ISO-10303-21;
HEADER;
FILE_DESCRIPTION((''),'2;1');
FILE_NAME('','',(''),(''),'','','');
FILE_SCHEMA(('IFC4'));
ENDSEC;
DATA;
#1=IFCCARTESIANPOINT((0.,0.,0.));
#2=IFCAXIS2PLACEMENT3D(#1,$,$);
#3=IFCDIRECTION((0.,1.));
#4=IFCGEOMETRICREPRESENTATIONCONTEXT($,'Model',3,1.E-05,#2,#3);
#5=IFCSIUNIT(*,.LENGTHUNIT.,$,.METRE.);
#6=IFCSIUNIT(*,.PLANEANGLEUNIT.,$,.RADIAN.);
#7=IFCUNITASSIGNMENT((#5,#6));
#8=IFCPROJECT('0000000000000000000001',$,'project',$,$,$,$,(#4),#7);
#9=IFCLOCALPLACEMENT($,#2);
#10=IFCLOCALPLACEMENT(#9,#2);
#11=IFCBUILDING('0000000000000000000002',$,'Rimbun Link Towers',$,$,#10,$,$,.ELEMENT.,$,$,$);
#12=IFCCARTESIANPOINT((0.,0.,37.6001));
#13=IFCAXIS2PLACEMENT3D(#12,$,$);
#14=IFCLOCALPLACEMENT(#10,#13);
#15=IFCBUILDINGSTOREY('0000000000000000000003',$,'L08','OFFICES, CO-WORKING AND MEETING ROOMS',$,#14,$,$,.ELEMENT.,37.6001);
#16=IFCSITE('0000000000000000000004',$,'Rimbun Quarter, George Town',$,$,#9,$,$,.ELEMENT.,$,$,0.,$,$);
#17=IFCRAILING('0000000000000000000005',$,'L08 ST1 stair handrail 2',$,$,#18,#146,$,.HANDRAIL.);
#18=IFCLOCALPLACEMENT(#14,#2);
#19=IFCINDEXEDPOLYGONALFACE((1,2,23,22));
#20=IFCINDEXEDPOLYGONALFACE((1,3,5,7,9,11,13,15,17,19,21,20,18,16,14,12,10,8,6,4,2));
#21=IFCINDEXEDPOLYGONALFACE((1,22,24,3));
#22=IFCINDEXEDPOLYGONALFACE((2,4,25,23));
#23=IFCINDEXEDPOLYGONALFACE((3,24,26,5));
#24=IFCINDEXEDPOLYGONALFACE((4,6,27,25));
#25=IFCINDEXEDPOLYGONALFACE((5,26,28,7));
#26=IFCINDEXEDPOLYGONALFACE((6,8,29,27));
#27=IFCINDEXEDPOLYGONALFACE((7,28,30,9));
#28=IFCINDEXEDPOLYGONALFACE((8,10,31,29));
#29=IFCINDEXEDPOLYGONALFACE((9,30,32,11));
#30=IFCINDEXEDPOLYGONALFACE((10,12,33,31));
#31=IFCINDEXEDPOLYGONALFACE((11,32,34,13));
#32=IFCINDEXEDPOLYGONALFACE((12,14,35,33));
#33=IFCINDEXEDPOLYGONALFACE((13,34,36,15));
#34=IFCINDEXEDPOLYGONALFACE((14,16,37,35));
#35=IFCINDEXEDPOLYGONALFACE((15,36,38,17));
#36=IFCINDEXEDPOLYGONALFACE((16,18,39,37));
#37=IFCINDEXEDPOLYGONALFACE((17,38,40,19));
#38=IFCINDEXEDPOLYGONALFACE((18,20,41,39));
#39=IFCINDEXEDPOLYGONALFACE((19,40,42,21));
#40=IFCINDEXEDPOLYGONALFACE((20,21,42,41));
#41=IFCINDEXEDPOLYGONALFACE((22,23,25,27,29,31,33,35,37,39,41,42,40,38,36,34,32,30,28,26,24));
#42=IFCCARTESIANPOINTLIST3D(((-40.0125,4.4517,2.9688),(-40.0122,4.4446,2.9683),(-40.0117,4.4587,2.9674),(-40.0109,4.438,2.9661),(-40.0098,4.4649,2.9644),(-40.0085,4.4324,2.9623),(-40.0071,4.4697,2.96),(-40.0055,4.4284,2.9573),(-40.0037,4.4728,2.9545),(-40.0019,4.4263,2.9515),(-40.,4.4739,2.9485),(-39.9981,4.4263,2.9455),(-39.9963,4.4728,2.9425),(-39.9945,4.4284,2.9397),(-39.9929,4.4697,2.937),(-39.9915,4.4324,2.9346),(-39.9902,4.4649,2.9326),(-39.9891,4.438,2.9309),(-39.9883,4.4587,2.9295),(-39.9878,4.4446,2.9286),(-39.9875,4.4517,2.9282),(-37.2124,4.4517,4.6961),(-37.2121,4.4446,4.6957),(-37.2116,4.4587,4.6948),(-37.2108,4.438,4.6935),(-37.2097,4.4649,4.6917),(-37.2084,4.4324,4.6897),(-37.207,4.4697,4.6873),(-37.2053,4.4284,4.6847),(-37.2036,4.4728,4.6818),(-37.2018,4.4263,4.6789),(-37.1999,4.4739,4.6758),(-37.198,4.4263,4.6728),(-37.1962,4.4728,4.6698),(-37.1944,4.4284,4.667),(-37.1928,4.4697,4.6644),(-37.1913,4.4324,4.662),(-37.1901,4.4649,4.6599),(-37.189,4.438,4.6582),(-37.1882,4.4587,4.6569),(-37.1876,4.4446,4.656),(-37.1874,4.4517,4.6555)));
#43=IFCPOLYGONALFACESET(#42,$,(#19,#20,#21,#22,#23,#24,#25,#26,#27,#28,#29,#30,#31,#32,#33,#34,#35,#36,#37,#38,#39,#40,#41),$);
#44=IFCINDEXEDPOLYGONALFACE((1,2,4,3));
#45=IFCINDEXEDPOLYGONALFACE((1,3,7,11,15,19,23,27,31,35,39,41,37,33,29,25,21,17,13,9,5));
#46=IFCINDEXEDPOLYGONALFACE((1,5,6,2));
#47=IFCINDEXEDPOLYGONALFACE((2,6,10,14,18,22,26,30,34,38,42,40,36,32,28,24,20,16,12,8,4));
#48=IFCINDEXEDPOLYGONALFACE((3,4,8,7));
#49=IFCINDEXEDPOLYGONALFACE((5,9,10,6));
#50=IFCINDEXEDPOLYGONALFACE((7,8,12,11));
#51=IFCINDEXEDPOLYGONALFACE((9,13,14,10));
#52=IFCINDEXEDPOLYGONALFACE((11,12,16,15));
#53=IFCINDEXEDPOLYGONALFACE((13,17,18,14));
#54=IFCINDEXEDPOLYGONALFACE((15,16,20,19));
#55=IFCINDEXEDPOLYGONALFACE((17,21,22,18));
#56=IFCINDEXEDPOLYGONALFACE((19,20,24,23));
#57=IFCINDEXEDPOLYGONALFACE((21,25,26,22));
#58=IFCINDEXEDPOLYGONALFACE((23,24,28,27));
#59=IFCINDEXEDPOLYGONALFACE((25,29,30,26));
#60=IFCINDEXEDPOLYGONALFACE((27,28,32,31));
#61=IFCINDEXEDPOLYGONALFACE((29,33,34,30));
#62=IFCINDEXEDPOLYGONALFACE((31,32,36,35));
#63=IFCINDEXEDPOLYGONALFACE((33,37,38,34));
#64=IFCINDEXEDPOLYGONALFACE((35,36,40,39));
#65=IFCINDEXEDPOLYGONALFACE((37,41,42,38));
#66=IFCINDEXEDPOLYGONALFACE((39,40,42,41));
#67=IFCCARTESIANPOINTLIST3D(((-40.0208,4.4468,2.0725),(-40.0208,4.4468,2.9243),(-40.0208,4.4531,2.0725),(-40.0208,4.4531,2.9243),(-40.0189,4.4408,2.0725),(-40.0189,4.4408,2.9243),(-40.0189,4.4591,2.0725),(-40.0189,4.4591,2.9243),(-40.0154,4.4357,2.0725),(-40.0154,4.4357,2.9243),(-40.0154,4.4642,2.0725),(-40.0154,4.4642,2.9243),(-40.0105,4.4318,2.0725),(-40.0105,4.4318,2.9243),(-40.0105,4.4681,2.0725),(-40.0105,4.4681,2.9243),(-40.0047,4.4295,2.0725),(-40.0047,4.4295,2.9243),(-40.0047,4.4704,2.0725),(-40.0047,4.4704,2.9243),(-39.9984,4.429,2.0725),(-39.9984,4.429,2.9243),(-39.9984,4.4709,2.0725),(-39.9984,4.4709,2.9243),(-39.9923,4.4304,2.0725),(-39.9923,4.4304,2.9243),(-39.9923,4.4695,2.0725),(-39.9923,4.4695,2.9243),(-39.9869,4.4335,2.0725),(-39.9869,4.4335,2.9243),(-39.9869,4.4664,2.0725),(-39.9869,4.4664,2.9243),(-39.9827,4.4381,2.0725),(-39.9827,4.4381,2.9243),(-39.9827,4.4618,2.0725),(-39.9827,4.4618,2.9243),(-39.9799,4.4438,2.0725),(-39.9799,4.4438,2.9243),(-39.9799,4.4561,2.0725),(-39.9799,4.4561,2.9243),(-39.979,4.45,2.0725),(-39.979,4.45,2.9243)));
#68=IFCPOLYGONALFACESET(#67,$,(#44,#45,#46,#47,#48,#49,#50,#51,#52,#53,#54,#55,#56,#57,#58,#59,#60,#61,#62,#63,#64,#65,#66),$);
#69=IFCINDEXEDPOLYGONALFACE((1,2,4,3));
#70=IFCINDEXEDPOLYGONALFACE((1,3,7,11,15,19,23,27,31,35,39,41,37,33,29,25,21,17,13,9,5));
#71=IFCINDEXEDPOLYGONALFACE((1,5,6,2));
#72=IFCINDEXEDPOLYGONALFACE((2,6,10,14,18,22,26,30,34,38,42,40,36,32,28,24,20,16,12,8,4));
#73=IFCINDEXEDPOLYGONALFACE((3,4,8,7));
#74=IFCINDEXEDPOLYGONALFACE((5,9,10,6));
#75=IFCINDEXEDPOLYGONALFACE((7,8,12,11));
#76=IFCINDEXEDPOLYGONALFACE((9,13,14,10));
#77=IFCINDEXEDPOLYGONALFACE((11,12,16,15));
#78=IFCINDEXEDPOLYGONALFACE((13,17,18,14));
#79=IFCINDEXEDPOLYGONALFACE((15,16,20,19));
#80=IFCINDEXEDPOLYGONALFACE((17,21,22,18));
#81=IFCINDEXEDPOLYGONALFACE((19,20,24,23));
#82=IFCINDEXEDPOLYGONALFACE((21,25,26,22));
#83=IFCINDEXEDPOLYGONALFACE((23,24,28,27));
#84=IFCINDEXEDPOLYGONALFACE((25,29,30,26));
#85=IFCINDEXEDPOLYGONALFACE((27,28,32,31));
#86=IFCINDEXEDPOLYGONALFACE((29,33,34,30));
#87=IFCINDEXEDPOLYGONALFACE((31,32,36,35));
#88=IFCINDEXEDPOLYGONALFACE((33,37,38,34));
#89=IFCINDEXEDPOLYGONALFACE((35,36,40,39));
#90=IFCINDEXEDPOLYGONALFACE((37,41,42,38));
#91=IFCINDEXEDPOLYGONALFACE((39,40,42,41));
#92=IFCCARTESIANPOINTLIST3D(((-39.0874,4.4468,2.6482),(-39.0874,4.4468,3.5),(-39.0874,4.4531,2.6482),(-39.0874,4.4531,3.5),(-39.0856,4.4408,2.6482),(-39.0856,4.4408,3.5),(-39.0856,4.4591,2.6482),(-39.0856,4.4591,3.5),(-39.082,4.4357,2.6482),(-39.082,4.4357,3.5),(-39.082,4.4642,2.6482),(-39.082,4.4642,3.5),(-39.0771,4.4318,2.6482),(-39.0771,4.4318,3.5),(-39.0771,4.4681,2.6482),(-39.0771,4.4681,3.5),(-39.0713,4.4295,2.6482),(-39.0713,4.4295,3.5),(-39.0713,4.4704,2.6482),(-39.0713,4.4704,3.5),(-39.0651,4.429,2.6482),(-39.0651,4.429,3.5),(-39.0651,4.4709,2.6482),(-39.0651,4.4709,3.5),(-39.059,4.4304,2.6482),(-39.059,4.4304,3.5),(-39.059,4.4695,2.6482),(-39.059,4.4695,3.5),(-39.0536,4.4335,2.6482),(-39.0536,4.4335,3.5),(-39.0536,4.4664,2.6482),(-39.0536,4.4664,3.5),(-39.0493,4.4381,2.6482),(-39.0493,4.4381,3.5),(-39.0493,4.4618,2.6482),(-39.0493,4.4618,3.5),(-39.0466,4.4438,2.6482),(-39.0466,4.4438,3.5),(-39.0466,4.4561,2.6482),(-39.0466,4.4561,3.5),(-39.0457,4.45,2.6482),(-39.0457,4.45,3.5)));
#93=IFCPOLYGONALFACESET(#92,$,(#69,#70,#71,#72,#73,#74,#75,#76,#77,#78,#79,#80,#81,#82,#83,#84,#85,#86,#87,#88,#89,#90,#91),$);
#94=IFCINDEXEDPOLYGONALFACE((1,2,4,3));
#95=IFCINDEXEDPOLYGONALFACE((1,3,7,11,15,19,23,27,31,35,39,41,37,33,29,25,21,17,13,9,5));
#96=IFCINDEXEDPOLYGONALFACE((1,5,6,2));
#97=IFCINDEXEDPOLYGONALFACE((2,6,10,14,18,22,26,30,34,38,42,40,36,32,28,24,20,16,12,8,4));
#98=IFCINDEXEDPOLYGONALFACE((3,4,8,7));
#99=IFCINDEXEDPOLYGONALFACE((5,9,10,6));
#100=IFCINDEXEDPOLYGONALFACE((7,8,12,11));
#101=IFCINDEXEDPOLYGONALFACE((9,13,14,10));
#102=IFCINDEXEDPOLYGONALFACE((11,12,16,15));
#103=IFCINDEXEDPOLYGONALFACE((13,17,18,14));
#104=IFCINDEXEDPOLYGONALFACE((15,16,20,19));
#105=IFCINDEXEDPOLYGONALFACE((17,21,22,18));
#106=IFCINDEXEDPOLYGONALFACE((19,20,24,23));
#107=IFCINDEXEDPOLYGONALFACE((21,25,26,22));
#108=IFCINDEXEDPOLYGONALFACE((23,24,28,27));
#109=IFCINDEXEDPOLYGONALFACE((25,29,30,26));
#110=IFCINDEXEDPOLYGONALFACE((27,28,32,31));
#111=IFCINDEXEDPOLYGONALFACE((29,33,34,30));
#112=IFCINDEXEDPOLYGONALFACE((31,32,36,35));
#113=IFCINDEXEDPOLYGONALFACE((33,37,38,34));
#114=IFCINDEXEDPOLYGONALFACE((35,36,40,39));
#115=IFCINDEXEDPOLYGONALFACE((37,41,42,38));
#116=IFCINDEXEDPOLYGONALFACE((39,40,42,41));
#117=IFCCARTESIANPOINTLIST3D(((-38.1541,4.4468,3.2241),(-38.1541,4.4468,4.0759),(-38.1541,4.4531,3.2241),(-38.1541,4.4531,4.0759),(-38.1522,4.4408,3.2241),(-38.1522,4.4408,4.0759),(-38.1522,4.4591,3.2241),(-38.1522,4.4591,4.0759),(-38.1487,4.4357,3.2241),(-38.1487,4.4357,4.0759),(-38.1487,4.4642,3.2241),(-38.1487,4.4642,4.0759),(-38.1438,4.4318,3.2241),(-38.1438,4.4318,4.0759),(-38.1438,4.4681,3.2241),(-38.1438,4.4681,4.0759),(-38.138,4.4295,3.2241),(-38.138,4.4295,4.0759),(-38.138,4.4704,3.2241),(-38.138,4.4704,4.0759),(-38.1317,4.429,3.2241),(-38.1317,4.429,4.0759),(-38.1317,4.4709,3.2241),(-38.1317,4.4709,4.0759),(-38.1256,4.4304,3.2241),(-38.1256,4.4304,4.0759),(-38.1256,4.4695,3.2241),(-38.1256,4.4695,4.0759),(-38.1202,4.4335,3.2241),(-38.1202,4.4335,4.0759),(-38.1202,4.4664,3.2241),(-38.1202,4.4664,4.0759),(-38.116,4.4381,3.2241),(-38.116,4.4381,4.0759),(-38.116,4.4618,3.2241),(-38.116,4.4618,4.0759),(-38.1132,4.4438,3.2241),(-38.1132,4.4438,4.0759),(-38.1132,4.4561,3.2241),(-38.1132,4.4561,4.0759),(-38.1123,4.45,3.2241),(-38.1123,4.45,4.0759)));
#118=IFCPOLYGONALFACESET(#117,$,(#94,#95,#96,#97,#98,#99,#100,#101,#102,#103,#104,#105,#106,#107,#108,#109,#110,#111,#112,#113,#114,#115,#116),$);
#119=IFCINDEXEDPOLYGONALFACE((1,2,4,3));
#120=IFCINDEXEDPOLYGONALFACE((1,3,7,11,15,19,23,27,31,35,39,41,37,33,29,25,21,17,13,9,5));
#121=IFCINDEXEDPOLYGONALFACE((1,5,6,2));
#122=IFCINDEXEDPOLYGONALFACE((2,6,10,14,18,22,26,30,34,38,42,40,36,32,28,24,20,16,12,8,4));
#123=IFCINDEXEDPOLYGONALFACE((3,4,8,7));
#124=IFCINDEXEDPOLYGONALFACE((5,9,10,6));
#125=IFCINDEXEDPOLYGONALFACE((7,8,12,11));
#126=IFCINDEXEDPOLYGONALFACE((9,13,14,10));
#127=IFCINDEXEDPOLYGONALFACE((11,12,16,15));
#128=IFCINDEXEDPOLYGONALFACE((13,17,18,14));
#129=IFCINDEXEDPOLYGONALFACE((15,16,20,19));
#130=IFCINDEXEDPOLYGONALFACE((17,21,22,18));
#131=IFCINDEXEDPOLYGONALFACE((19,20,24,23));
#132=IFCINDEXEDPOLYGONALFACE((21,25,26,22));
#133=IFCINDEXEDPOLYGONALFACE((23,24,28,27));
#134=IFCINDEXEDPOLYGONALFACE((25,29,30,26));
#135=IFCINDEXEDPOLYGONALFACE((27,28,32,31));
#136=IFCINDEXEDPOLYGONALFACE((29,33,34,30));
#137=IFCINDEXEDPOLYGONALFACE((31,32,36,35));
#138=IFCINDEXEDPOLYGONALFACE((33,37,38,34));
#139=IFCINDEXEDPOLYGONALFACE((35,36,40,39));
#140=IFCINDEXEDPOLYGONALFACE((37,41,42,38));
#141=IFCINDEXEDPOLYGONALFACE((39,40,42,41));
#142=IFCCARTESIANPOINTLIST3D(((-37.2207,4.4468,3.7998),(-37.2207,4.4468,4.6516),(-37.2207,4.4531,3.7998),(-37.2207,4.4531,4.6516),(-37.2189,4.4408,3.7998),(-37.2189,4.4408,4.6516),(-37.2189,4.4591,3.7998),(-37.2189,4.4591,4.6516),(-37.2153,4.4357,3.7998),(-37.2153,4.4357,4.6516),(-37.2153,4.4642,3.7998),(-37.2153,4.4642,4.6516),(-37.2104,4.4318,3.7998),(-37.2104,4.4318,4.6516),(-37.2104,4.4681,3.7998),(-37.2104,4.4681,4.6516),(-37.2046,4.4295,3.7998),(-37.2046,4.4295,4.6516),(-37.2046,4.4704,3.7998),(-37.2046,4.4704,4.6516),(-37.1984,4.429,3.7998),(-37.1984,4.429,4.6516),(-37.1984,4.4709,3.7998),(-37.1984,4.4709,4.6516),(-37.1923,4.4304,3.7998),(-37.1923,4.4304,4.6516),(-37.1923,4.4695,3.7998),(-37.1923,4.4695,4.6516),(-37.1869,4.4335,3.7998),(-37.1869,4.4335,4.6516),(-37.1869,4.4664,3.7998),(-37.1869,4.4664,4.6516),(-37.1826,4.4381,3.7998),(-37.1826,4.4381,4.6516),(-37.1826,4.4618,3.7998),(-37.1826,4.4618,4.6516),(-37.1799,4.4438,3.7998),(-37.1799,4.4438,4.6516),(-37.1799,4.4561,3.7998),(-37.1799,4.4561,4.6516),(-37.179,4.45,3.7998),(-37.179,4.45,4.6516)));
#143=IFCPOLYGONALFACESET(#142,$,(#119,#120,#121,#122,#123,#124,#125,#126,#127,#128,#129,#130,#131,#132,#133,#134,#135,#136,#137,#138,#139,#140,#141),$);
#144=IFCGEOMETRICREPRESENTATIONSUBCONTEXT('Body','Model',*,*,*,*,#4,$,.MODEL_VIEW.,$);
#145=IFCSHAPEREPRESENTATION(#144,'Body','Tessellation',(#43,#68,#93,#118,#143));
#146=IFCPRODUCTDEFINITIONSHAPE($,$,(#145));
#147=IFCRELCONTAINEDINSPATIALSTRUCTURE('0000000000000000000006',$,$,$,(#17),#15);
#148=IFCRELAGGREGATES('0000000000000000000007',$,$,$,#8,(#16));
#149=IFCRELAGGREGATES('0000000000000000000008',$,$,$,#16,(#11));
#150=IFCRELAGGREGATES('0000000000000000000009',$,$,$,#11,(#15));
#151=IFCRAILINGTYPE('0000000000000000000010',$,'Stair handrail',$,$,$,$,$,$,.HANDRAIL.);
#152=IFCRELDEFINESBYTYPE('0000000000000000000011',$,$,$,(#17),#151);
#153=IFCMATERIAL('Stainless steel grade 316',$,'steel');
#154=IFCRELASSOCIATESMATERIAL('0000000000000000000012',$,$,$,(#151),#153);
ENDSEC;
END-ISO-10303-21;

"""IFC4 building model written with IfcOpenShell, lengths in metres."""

from ifc_helpers import new_model, si_unit, direction, frame, origin, origin_2d, place, context, subcontext, project, spatial, circle, extrude, material, type_object, element, save


model = new_model("IFC4")

# Units and contexts
model_context = context("Model", 3, precision=1e-05, world=origin(), true_north=direction((0.0, 1.0)))
body_context = subcontext(model_context, "Body", "Model", "MODEL_VIEW")
ifc_project = project(units=[si_unit("LENGTHUNIT", "METRE"), si_unit("PLANEANGLEUNIT", "RADIAN")], contexts=[model_context])

# Site, building, storey
site_placement = place(None, origin())
site = spatial("IfcSite", under=ifc_project, at=site_placement, Name="Rimbun Quarter, George Town", CompositionType="ELEMENT", RefElevation=0.0)
building_placement = place(site_placement, origin())
building = spatial("IfcBuilding", under=site, at=building_placement, Name="Rimbun Link Towers", CompositionType="ELEMENT")
storey_placement = place(building_placement, frame((0.0, 0.0, 37.6001)))
storey = spatial("IfcBuildingStorey", under=building, at=storey_placement, Name="L08", Description="OFFICES, CO-WORKING AND MEETING ROOMS", CompositionType="ELEMENT", Elevation=37.6001)

# Railing
ifc_material_1 = material(Name="Stainless steel grade 316", Category="steel")
railing_type_1 = type_object("IfcRailingType", Name="Stair handrail", PredefinedType="HANDRAIL", material=ifc_material_1)
railing_1_placement = place(storey_placement, frame((-40.0, 4.45, 2.0725)))
element("IfcRailing", 1, at=railing_1_placement, inside=storey, type_object=railing_type_1, Name="L08 ST1 stair handrail 2", PredefinedType="HANDRAIL", context=body_context, shape_type="SweptSolid", body=[
    extrude(circle(Radius=0.0239, at=origin_2d()), frame((0.0, 0.0, 0.876), z_axis=(0.85109, 0.0, 0.52502), x_axis=(0.0, 1.0, 0.0)), (0.0, 0.0, 1.0), 3.29),
    extrude(circle(Radius=0.021, at=origin_2d()), origin(), (0.0, 0.0, 1.0), 0.8518),
    extrude(circle(Radius=0.021, at=origin_2d()), frame((0.9333, 0.0, 0.5757)), (0.0, 0.0, 1.0), 0.8518),
    extrude(circle(Radius=0.021, at=origin_2d()), frame((1.8667, 0.0, 1.1516)), (0.0, 0.0, 1.0), 0.8518),
    extrude(circle(Radius=0.021, at=origin_2d()), frame((2.8, 0.0, 1.7273)), (0.0, 0.0, 1.0), 0.8518),
])

save(model, "model.ifc")
